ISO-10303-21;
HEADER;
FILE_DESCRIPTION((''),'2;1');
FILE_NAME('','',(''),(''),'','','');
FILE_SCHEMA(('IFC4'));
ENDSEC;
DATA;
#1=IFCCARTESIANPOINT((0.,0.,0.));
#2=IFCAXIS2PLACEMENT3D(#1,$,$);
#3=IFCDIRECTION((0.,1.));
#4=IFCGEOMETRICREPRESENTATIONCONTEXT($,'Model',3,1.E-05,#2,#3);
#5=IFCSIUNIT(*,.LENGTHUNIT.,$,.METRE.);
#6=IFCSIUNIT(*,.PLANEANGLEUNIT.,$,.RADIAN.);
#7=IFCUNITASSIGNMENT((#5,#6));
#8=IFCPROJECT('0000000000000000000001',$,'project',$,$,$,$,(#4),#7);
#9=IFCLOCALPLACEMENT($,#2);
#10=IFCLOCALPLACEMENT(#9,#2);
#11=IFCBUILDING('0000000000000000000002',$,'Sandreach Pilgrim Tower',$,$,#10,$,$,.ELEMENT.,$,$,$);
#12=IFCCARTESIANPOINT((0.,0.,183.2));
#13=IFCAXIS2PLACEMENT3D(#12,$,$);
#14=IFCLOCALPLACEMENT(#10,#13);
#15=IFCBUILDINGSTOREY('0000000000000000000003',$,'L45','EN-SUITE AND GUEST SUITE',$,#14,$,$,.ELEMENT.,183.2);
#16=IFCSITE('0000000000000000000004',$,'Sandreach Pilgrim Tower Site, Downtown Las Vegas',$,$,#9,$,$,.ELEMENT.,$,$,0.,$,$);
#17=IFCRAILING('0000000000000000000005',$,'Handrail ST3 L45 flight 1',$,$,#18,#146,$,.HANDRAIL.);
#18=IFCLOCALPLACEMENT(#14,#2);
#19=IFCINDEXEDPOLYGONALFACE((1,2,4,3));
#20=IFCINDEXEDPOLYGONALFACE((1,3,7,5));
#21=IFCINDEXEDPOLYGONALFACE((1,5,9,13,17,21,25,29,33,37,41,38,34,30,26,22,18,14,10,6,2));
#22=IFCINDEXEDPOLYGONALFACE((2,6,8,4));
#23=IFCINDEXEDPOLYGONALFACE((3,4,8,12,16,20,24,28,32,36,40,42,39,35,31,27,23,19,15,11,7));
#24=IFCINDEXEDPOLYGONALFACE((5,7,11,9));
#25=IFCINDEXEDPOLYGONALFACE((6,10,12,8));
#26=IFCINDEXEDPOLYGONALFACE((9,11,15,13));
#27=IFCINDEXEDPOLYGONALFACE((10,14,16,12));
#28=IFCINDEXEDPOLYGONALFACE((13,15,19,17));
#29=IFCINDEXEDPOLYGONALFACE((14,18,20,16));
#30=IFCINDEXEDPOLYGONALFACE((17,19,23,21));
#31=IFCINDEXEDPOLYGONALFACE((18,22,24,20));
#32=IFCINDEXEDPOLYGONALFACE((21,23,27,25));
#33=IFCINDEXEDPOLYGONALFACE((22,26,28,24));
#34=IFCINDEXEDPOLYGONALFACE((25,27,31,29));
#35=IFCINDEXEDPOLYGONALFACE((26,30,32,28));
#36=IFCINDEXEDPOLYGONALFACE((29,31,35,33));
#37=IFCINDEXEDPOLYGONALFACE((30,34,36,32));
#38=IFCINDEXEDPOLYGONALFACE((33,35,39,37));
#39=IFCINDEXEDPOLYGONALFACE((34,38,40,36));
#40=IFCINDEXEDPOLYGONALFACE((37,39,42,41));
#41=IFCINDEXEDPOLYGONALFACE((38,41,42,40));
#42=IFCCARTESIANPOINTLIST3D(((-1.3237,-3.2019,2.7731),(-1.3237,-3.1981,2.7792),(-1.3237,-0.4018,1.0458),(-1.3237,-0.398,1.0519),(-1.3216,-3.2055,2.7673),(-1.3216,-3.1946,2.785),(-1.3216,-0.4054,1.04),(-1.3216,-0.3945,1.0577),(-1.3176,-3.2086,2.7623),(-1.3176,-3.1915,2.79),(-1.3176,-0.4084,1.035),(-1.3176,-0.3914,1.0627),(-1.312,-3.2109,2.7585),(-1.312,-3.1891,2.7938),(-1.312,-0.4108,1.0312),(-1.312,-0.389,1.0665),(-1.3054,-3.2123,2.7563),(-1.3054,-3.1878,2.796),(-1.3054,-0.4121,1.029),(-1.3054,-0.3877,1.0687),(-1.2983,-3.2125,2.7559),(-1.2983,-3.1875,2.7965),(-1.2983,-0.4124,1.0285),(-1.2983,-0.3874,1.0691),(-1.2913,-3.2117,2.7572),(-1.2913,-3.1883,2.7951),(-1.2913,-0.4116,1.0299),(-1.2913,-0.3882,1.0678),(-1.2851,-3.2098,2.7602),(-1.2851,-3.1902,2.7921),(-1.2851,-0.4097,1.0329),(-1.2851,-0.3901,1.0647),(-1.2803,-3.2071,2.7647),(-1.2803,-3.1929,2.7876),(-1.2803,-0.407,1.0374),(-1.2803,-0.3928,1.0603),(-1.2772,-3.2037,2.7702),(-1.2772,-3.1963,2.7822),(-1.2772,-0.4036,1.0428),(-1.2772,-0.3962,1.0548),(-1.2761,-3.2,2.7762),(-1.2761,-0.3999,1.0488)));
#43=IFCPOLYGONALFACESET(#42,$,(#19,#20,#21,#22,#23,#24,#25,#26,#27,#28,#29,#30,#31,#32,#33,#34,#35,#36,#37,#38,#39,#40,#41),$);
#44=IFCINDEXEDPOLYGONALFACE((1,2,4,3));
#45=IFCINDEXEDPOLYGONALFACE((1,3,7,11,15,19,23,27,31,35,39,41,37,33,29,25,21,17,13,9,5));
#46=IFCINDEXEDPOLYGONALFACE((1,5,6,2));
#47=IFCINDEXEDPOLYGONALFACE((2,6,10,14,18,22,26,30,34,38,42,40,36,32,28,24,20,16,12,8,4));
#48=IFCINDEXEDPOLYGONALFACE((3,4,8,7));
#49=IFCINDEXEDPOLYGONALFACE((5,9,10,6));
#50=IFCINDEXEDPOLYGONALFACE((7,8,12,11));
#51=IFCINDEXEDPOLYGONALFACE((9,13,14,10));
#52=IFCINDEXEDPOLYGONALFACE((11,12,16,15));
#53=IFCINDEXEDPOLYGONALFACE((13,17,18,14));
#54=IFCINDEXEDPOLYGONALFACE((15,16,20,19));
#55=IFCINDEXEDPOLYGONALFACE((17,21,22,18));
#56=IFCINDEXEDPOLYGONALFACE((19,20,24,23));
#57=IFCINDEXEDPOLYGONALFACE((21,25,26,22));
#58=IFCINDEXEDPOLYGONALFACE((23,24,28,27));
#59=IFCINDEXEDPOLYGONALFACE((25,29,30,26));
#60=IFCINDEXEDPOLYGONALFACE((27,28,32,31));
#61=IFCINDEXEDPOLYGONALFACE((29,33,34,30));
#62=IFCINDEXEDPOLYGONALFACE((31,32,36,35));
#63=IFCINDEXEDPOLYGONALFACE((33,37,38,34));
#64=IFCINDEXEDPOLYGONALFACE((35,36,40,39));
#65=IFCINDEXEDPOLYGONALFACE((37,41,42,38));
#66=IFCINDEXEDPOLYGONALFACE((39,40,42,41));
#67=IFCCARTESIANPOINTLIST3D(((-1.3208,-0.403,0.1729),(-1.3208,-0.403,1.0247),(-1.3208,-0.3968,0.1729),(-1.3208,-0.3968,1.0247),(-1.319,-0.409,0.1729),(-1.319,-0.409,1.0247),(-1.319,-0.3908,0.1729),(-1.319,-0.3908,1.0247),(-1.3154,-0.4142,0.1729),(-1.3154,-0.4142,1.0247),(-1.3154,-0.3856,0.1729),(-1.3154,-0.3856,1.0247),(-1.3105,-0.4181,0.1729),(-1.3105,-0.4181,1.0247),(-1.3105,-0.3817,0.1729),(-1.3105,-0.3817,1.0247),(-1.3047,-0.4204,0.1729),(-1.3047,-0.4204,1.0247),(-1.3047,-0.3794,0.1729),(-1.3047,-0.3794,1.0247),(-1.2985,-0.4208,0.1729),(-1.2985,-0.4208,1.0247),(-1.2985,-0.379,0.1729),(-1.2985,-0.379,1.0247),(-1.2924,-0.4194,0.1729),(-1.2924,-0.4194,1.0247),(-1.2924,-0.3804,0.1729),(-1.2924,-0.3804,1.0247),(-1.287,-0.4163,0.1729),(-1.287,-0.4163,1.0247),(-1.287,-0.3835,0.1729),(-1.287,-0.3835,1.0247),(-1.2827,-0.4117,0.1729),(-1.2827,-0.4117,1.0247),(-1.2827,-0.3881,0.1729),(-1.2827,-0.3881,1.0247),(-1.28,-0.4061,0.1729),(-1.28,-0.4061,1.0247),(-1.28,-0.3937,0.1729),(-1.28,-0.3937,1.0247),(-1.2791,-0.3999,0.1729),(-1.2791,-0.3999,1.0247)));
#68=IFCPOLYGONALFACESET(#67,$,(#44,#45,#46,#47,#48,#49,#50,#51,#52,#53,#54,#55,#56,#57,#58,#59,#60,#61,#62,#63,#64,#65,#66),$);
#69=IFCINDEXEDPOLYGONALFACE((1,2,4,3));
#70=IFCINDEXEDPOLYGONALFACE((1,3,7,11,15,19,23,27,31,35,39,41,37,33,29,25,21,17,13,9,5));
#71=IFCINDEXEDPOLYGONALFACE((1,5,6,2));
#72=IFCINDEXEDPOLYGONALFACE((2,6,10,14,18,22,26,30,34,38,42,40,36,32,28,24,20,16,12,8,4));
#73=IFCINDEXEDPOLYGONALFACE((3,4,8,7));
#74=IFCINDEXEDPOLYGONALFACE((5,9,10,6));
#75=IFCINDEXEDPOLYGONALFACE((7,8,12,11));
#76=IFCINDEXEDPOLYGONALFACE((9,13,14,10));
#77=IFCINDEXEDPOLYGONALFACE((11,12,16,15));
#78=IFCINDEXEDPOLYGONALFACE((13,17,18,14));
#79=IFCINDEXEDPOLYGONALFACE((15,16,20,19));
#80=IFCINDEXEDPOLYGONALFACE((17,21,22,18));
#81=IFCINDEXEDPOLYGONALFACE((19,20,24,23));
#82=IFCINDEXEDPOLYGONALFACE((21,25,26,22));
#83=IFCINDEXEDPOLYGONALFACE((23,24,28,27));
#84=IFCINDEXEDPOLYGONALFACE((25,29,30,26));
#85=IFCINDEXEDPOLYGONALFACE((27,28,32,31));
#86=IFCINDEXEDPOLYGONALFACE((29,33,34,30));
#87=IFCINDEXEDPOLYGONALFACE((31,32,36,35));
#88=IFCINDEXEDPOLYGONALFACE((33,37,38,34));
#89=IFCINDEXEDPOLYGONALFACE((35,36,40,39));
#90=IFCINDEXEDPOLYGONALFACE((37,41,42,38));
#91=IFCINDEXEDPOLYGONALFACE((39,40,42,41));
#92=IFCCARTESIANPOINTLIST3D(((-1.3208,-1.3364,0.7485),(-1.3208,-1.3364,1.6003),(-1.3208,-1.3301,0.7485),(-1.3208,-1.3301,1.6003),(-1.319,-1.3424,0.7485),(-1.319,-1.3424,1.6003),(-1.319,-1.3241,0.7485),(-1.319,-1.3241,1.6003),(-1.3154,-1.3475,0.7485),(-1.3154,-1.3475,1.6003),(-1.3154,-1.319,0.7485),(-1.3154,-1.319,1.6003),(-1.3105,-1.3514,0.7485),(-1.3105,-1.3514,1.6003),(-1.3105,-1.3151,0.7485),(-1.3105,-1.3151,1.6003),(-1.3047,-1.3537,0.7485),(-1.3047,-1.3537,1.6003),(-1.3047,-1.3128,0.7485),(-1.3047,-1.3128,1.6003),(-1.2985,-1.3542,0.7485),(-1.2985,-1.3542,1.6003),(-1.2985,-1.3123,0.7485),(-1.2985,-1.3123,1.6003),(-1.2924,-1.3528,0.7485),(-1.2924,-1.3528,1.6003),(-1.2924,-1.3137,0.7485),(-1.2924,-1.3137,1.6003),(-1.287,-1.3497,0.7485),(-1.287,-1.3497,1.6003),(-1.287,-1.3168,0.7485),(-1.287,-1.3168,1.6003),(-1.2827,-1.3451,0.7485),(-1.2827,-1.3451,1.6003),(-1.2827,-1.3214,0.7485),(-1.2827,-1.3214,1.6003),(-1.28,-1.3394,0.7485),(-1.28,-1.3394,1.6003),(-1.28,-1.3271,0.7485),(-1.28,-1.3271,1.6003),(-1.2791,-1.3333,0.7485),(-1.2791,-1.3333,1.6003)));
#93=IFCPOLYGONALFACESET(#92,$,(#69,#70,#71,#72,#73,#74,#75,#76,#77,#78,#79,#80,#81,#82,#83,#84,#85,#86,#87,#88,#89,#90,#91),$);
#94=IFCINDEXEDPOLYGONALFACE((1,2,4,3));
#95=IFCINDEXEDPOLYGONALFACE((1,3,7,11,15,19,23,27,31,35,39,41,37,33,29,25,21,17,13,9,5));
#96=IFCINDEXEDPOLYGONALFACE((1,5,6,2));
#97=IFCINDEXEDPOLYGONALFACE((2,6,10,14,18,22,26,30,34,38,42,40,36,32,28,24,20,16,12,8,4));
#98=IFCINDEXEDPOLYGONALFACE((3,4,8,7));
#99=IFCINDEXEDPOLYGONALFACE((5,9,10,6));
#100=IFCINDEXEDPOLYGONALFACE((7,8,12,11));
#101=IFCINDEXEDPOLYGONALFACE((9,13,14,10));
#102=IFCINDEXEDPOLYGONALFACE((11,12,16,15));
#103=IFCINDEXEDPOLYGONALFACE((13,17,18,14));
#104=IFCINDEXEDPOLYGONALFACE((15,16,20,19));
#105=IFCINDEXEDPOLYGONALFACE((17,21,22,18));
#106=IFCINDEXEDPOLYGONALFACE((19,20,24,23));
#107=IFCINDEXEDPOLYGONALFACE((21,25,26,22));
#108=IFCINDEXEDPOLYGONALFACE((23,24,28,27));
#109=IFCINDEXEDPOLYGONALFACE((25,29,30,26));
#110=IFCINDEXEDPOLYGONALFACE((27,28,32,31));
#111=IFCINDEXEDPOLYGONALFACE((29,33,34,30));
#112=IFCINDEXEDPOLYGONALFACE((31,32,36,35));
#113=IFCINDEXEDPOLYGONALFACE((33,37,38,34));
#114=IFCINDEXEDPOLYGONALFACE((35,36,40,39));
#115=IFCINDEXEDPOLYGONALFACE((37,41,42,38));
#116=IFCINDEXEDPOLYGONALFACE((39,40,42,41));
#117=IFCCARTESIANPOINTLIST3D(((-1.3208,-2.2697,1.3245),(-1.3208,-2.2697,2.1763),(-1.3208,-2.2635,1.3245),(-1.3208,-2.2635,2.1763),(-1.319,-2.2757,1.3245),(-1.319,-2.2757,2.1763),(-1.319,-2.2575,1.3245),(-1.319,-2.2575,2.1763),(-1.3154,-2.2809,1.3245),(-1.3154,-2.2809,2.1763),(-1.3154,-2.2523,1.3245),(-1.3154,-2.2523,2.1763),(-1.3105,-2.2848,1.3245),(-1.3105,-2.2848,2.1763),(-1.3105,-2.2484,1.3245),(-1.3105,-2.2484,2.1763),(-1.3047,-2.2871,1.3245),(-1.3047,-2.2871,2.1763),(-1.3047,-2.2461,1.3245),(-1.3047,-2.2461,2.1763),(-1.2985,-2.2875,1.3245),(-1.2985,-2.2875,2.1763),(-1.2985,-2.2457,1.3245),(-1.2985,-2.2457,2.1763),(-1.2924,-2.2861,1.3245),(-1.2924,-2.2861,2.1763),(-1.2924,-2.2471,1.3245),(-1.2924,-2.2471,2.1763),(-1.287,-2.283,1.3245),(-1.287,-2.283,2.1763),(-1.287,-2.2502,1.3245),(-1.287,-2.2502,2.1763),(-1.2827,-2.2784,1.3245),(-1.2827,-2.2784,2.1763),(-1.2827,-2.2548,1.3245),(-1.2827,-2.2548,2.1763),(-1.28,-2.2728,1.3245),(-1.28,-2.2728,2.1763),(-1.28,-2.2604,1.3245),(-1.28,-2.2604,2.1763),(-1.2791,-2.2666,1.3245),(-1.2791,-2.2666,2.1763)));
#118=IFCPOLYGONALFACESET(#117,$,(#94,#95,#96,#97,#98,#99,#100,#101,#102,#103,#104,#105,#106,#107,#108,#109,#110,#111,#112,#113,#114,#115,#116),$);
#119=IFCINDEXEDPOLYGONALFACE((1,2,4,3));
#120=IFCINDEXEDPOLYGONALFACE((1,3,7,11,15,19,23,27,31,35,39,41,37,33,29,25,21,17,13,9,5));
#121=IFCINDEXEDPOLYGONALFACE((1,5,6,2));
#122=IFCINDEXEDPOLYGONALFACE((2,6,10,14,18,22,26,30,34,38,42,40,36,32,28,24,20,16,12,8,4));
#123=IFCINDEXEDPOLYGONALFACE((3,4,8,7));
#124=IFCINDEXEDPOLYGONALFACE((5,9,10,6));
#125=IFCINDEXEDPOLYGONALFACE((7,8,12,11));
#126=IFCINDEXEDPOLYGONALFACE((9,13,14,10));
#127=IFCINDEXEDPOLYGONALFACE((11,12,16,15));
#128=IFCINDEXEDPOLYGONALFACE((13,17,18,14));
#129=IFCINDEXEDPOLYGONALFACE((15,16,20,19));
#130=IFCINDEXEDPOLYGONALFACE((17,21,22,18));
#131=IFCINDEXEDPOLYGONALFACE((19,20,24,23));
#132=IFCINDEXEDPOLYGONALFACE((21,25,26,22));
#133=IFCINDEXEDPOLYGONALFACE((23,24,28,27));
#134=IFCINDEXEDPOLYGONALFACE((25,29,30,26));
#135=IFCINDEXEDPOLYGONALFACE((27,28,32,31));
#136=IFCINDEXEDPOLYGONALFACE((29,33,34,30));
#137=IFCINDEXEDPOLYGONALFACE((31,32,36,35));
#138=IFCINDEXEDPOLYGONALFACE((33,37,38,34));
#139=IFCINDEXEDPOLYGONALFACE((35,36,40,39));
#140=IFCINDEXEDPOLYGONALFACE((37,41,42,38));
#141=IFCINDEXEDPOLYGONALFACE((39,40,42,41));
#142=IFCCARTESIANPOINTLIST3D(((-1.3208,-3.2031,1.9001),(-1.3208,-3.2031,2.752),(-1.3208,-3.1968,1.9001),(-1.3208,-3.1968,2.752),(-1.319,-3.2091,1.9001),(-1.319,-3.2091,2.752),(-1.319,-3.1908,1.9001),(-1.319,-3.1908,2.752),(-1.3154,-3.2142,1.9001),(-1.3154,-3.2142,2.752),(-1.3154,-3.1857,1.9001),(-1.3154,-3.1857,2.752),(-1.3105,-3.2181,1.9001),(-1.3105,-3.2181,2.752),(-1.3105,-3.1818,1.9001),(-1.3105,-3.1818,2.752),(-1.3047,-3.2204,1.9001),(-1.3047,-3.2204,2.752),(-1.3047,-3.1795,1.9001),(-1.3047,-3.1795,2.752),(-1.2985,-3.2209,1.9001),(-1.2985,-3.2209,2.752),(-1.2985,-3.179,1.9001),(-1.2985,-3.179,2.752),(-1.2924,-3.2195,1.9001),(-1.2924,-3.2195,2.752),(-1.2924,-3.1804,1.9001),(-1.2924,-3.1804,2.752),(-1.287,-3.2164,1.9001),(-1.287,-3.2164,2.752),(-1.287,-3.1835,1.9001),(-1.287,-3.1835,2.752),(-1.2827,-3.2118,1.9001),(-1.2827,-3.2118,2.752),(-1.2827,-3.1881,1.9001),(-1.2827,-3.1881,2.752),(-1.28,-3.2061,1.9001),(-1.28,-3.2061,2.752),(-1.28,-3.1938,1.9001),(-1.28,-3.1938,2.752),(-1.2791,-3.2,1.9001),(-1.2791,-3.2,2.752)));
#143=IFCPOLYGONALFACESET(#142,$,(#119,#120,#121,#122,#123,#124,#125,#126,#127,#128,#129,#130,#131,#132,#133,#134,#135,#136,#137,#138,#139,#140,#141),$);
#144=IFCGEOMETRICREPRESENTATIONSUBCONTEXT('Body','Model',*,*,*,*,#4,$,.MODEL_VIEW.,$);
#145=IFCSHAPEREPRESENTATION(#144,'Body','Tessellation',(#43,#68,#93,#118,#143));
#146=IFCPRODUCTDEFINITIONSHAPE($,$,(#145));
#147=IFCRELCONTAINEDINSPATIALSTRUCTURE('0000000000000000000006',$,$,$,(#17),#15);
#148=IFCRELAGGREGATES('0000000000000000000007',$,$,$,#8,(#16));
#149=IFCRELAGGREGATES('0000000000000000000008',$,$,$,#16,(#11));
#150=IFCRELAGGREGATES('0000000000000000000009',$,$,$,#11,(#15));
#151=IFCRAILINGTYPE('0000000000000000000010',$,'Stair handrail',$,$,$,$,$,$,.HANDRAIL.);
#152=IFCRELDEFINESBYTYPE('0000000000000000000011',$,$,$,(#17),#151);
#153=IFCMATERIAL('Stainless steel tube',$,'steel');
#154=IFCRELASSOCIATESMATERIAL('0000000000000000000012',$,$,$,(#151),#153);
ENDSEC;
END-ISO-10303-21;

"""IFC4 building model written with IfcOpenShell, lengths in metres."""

from ifc_helpers import new_model, si_unit, direction, frame, origin, origin_2d, place, context, subcontext, project, spatial, circle, extrude, material, type_object, element, save


model = new_model("IFC4")

# Units and contexts
model_context = context("Model", 3, precision=1e-05, world=origin(), true_north=direction((0.0, 1.0)))
body_context = subcontext(model_context, "Body", "Model", "MODEL_VIEW")
ifc_project = project(units=[si_unit("LENGTHUNIT", "METRE"), si_unit("PLANEANGLEUNIT", "RADIAN")], contexts=[model_context])

# Site, building, storey
site_placement = place(None, origin())
site = spatial("IfcSite", under=ifc_project, at=site_placement, Name="Sandreach Pilgrim Tower Site, Downtown Las Vegas", CompositionType="ELEMENT", RefElevation=0.0)
building_placement = place(site_placement, origin())
building = spatial("IfcBuilding", under=site, at=building_placement, Name="Sandreach Pilgrim Tower", CompositionType="ELEMENT")
storey_placement = place(building_placement, frame((0.0, 0.0, 183.2)))
storey = spatial("IfcBuildingStorey", under=building, at=storey_placement, Name="L45", Description="EN-SUITE AND GUEST SUITE", CompositionType="ELEMENT", Elevation=183.2)

# Railing
ifc_material_1 = material(Name="Stainless steel tube", Category="steel")
railing_type = type_object("IfcRailingType", Name="Stair handrail", PredefinedType="HANDRAIL", material=ifc_material_1)
for number, where, name in (
    (1, (-1.3, -0.3999, 0.1729), "Handrail ST3 L45 flight 1"),
):
    element("IfcRailing", number, at=place(storey_placement, frame(where)), inside=storey, type_object=railing_type, Name=name, PredefinedType="HANDRAIL", context=body_context, shape_type="SweptSolid", body=[
        extrude(circle(Radius=0.0239, at=origin_2d()), frame((0.0, 0.0, 0.876), z_axis=(0.0, -0.85109, 0.52502), x_axis=(1.0, 0.0, 0.0)), (0.0, 0.0, 1.0), 3.29),
        extrude(circle(Radius=0.021, at=origin_2d()), origin(), (0.0, 0.0, 1.0), 0.8518),
        extrude(circle(Radius=0.021, at=origin_2d()), frame((0.0, -0.9333, 0.5757)), (0.0, 0.0, 1.0), 0.8518),
        extrude(circle(Radius=0.021, at=origin_2d()), frame((0.0, -1.8667, 1.1516)), (0.0, 0.0, 1.0), 0.8518),
        extrude(circle(Radius=0.021, at=origin_2d()), frame((0.0, -2.8, 1.7273)), (0.0, 0.0, 1.0), 0.8518),
    ])

save(model, "model.ifc")
